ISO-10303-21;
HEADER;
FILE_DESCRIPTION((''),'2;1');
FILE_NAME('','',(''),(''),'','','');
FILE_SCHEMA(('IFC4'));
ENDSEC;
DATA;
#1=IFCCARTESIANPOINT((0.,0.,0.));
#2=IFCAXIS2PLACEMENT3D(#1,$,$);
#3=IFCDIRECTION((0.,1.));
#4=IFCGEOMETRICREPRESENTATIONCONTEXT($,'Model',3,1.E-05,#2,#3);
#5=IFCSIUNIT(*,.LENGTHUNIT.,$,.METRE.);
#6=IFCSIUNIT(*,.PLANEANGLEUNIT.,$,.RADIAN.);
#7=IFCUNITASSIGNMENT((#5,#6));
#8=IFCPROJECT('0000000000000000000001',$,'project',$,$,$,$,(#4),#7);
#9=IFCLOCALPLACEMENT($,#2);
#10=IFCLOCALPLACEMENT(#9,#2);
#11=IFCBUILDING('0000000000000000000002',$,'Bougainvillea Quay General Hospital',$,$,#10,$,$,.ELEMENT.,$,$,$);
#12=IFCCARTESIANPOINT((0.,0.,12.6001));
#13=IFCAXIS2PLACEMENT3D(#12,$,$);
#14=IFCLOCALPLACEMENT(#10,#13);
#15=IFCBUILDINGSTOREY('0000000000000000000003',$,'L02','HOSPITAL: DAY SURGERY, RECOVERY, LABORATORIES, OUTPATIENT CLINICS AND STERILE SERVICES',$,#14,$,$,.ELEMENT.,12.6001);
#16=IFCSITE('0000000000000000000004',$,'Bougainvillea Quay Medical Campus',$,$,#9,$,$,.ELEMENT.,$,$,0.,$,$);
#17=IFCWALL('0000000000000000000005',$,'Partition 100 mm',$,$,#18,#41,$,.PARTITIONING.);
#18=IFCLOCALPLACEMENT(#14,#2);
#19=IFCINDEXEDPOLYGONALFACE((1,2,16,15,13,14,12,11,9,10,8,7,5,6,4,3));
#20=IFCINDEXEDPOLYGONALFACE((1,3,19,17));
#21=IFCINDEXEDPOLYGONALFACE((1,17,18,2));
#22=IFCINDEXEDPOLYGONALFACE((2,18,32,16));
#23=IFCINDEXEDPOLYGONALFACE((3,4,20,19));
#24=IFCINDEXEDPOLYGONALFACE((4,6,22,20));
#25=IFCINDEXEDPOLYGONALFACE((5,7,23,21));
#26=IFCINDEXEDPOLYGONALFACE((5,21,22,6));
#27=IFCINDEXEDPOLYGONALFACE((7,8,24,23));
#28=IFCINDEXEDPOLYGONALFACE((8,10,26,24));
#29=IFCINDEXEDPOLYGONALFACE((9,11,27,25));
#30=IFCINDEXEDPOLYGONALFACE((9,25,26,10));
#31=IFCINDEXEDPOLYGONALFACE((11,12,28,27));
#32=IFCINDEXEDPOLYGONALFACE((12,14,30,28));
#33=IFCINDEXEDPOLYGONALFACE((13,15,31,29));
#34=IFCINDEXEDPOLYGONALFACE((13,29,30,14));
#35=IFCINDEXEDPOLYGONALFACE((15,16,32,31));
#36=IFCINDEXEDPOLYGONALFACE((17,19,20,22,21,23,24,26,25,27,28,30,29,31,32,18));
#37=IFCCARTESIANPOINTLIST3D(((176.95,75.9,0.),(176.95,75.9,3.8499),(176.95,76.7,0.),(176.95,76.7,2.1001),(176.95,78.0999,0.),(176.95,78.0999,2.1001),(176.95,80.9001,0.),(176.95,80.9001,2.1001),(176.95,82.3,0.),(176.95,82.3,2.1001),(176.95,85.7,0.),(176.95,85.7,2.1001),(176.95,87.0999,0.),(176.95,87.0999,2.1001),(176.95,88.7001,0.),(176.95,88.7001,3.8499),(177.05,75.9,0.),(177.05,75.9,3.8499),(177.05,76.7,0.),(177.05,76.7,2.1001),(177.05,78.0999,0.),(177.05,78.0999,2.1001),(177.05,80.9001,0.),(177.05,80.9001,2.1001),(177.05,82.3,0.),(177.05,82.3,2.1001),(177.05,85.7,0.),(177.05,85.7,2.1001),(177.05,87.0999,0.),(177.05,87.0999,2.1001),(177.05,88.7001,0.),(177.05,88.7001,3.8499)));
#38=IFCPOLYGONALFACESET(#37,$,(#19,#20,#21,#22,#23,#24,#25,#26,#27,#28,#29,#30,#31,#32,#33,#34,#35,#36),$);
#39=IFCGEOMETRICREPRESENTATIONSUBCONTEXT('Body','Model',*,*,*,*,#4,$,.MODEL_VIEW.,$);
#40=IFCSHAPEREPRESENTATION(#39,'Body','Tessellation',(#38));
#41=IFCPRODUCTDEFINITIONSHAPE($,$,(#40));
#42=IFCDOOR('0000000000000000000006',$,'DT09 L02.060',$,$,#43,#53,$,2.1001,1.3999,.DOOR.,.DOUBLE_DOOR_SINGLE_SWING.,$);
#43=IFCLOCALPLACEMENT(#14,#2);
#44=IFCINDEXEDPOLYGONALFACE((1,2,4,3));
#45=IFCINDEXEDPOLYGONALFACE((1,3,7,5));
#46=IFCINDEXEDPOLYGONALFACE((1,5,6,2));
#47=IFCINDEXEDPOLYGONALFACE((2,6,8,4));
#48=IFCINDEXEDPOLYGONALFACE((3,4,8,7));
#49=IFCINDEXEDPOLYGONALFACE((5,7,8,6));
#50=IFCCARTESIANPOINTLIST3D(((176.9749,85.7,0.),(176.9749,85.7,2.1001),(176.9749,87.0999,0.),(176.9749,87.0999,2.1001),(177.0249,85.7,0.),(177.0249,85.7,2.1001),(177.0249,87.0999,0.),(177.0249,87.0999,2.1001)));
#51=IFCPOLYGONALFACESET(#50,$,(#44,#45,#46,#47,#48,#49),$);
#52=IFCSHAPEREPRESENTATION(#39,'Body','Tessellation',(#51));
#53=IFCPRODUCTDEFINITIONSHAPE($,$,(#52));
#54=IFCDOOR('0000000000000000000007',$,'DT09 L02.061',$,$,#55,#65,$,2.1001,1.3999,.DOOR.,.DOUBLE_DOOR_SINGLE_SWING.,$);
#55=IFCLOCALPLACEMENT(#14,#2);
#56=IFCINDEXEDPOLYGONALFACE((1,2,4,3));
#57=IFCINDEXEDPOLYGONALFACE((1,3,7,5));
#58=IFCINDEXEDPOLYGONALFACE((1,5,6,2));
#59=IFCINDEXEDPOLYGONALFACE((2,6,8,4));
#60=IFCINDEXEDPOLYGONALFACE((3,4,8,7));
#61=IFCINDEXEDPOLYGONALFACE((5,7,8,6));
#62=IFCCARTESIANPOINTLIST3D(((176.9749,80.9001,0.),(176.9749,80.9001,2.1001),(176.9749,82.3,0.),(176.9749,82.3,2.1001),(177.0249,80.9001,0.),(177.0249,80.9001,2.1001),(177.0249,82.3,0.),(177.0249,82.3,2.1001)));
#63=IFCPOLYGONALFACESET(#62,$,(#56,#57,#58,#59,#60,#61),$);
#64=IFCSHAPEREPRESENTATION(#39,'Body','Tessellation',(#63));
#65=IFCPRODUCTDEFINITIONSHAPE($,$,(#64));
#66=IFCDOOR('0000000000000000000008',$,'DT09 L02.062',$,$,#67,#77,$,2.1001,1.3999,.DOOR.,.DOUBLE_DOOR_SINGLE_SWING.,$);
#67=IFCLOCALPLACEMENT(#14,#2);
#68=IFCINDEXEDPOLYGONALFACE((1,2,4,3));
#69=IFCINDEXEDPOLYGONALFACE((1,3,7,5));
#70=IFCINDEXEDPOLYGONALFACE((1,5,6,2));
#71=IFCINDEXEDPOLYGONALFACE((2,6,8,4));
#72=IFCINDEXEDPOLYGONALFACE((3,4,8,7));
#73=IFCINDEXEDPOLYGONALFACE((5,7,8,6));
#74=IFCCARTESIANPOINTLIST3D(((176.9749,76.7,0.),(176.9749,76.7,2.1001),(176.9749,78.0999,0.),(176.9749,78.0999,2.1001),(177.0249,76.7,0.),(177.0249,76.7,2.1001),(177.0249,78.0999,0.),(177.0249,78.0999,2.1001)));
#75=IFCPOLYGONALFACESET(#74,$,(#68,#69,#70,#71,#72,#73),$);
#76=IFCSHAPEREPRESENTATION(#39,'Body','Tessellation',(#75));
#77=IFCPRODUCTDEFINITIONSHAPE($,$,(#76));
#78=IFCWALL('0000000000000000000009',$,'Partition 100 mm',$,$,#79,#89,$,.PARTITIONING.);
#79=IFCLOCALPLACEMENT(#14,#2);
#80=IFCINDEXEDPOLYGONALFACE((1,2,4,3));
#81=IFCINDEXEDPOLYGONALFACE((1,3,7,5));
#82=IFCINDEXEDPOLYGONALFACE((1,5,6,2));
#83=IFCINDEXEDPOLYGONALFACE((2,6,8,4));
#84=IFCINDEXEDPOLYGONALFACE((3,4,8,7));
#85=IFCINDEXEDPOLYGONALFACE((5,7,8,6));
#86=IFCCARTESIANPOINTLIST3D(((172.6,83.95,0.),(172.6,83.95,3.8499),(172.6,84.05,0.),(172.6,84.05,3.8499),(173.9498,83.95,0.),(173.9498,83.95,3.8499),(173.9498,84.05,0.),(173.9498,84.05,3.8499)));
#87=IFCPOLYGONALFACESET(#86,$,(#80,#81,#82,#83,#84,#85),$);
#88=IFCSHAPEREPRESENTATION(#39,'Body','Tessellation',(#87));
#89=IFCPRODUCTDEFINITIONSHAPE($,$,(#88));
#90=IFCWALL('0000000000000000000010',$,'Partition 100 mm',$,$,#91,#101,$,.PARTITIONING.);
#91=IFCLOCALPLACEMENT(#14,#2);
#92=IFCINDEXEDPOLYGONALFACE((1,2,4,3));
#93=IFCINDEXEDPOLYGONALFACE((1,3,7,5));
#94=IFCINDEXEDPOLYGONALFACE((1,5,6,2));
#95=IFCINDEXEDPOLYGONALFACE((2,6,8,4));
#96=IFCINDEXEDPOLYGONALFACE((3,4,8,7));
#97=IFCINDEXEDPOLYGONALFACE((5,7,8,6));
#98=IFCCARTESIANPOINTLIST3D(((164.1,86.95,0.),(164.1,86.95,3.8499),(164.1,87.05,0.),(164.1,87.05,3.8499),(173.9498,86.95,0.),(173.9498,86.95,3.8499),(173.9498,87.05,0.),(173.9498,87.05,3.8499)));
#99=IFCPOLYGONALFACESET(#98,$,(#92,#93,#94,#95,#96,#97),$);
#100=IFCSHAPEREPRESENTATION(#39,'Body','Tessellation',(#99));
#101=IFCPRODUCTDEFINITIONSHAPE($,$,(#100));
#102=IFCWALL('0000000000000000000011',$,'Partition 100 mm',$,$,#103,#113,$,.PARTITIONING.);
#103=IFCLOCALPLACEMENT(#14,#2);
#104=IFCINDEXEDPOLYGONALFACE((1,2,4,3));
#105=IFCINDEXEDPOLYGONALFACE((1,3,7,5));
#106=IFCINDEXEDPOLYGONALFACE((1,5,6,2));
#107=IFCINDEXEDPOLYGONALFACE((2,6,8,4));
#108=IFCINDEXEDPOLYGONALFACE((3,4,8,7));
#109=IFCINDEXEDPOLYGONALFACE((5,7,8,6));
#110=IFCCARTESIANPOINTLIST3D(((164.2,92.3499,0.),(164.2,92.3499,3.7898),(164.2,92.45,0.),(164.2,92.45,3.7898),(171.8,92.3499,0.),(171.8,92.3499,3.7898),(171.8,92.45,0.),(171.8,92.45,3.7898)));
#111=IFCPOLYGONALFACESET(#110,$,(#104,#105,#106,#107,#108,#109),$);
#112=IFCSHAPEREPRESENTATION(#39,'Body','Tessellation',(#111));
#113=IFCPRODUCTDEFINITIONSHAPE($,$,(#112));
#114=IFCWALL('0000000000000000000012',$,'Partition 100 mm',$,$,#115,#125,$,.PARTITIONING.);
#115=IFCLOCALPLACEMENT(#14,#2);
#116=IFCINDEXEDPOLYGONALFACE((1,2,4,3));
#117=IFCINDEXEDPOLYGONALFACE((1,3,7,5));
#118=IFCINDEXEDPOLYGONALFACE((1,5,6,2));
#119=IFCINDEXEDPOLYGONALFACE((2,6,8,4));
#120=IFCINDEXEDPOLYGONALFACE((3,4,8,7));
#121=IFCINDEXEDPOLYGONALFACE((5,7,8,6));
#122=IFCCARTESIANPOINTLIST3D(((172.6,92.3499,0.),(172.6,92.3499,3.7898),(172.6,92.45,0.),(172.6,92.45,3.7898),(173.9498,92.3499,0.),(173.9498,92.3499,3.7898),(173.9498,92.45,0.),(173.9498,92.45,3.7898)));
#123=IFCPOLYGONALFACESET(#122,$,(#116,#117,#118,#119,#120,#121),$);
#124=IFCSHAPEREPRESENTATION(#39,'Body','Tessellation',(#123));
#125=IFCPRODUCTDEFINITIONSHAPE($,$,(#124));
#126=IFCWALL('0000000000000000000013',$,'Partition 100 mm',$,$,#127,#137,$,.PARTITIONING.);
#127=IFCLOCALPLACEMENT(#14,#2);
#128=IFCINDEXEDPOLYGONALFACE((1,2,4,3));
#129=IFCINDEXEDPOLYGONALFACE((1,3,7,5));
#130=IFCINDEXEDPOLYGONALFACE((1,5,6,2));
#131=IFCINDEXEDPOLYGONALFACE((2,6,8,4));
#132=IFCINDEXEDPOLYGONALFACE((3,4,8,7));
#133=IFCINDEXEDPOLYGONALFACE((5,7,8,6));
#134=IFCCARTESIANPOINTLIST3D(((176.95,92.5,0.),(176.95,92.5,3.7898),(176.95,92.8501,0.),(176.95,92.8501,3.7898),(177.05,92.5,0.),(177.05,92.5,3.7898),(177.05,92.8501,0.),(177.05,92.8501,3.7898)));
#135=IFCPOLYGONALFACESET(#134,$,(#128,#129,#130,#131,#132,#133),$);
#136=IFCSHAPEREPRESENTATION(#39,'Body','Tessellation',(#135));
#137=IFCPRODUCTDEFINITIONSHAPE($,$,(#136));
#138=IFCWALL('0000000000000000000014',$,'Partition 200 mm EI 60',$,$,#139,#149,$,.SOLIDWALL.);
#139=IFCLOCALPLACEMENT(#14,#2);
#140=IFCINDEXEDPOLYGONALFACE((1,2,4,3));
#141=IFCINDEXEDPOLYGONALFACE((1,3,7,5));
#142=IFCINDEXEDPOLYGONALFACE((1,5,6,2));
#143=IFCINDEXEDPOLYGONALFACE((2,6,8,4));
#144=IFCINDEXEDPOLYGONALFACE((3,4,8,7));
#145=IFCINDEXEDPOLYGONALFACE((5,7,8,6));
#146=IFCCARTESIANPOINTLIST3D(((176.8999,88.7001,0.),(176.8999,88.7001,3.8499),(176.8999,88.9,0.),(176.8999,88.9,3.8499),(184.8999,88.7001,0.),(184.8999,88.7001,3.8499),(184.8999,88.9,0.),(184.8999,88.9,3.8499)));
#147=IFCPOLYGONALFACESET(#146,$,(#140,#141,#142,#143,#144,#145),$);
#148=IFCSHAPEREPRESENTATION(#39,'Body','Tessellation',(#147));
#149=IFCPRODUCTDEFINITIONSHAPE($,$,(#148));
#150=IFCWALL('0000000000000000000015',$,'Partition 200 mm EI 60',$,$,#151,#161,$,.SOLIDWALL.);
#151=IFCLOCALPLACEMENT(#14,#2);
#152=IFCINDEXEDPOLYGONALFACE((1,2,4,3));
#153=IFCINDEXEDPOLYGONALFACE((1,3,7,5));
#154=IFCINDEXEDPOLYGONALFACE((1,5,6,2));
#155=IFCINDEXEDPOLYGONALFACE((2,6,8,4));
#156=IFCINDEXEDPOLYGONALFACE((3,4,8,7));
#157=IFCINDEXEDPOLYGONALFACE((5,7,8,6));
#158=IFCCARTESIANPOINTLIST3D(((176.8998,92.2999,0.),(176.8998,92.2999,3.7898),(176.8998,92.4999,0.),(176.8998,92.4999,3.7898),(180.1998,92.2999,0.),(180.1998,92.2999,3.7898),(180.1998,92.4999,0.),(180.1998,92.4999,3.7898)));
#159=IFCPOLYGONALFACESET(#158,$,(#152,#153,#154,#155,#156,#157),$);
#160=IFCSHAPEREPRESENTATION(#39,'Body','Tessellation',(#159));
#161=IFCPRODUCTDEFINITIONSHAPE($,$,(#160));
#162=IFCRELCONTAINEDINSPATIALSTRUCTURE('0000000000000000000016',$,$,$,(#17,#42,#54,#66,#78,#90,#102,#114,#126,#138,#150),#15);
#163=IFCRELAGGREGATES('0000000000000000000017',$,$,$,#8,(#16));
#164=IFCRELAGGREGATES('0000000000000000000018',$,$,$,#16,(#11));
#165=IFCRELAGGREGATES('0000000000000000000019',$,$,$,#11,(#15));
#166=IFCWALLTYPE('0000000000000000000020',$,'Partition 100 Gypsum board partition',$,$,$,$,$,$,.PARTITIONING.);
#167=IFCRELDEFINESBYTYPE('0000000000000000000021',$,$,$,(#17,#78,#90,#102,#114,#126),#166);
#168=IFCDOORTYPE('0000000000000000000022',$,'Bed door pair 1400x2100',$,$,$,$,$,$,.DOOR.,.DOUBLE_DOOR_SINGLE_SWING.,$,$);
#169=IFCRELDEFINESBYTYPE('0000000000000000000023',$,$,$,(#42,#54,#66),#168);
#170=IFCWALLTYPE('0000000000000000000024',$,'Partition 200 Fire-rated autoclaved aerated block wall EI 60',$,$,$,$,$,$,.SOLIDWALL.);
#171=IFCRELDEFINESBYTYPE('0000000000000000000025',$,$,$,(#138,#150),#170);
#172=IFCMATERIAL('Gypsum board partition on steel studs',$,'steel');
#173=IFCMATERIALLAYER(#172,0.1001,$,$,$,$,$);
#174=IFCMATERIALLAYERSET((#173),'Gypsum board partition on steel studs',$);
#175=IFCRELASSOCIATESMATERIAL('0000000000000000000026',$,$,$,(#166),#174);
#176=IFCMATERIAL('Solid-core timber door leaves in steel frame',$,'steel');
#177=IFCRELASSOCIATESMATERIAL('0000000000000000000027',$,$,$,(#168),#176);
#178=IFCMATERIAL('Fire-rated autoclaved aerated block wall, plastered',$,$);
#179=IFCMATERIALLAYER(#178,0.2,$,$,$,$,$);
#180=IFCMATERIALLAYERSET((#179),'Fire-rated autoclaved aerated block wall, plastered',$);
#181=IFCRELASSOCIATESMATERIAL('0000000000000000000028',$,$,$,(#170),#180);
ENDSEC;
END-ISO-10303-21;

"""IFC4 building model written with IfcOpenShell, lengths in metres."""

from ifc_helpers import new_model, si_unit, direction, frame, frame_2d, origin, place, context, subcontext, project, spatial, rectangle, extrude, material, layer, layer_set, type_object, element, fill, save


model = new_model("IFC4")

# Units and contexts
model_context = context("Model", 3, precision=1e-05, world=origin(), true_north=direction((0.0, 1.0)))
body_context = subcontext(model_context, "Body", "Model", "MODEL_VIEW")
ifc_project = project(units=[si_unit("LENGTHUNIT", "METRE"), si_unit("PLANEANGLEUNIT", "RADIAN")], contexts=[model_context])

# Site, building, storey
site_placement = place(None, origin())
site = spatial("IfcSite", under=ifc_project, at=site_placement, Name="Bougainvillea Quay Medical Campus", CompositionType="ELEMENT", RefElevation=0.0)
building_placement = place(site_placement, origin())
building = spatial("IfcBuilding", under=site, at=building_placement, Name="Bougainvillea Quay General Hospital", CompositionType="ELEMENT")
storey_placement = place(building_placement, frame((0.0, 0.0, 12.6001)))
storey = spatial("IfcBuildingStorey", under=building, at=storey_placement, Name="L02", Description="HOSPITAL: DAY SURGERY, RECOVERY, LABORATORIES, OUTPATIENT CLINICS AND STERILE SERVICES", CompositionType="ELEMENT", Elevation=12.6001)

# Wall, openings, doors
ifc_material_1 = material(Name="Gypsum board partition on steel studs", Category="steel")
ifc_layer_1 = layer(ifc_material_1, 0.1001)
ifc_layer_set_1 = layer_set([ifc_layer_1], Name="Gypsum board partition on steel studs")
wall_type_1 = type_object("IfcWallType", Name="Partition 100 Gypsum board partition", PredefinedType="PARTITIONING", material=ifc_layer_set_1)
wall_1_placement = place(storey_placement, frame((177.0, 88.7, 0.0), z_axis=(0.0, 0.0, 1.0), x_axis=(0.0, -1.0, 0.0)))
wall_1 = element("IfcWall", 1, at=wall_1_placement, inside=storey, type_object=wall_type_1, Name="Partition 100 mm", PredefinedType="PARTITIONING", context=body_context, shape_type="SweptSolid", body=[
    extrude(rectangle(XDim=12.8, YDim=0.1001, at=frame_2d((6.3999, 0.0))), origin(), (0.0, 0.0, 1.0), 3.8499),
])
opening_1_placement = place(wall_1_placement, frame((1.6001, 0.0, 0.0)))
opening_1 = element("IfcOpeningElement", 2, at=opening_1_placement, cuts=wall_1, PredefinedType="OPENING", context=body_context, shape_type="SweptSolid", body=[
    extrude(rectangle(XDim=1.3999, YDim=2.1001, at=frame_2d((0.7, 1.05))), frame((0.0, 0.0601, 0.0), z_axis=(0.0, -1.0, 0.0), x_axis=(1.0, 0.0, 0.0)), (0.0, 0.0, 1.0), 0.1201),
])
opening_2_placement = place(wall_1_placement, frame((6.3999, 0.0, 0.0)))
opening_2 = element("IfcOpeningElement", 3, at=opening_2_placement, cuts=wall_1, PredefinedType="OPENING", context=body_context, shape_type="SweptSolid", body=[
    extrude(rectangle(XDim=1.3999, YDim=2.1001, at=frame_2d((0.7, 1.05))), frame((0.0, 0.0601, 0.0), z_axis=(0.0, -1.0, 0.0), x_axis=(1.0, 0.0, 0.0)), (0.0, 0.0, 1.0), 0.1201),
])
opening_3_placement = place(wall_1_placement, frame((10.6001, 0.0, 0.0)))
opening_3 = element("IfcOpeningElement", 4, at=opening_3_placement, cuts=wall_1, PredefinedType="OPENING", context=body_context, shape_type="SweptSolid", body=[
    extrude(rectangle(XDim=1.3999, YDim=2.1001, at=frame_2d((0.7, 1.05))), frame((0.0, 0.0601, 0.0), z_axis=(0.0, -1.0, 0.0), x_axis=(1.0, 0.0, 0.0)), (0.0, 0.0, 1.0), 0.1201),
])
ifc_material_2 = material(Name="Solid-core timber door leaves in steel frame", Category="steel")
door_type_1 = type_object("IfcDoorType", Name="Bed door pair 1400x2100", OperationType="DOUBLE_DOOR_SINGLE_SWING", PredefinedType="DOOR", material=ifc_material_2)
door_1_placement = place(opening_1_placement, origin())
door_1 = element("IfcDoor", 5, at=door_1_placement, inside=storey, type_object=door_type_1, Name="DT09 L02.060", OperationType="DOUBLE_DOOR_SINGLE_SWING", OverallHeight=2.1001, OverallWidth=1.3999, PredefinedType="DOOR", context=body_context, shape_type="SweptSolid", body=[
    extrude(rectangle(XDim=1.3999, YDim=2.1001, at=frame_2d((0.7, 1.05))), frame((0.0, 0.0249, 0.0), z_axis=(0.0, -1.0, 0.0), x_axis=(1.0, 0.0, 0.0)), (0.0, 0.0, 1.0), 0.05),
])
fill(opening_1, door_1)
door_2_placement = place(opening_2_placement, origin())
door_2 = element("IfcDoor", 6, at=door_2_placement, inside=storey, type_object=door_type_1, Name="DT09 L02.061", OperationType="DOUBLE_DOOR_SINGLE_SWING", OverallHeight=2.1001, OverallWidth=1.3999, PredefinedType="DOOR", context=body_context, shape_type="SweptSolid", body=[
    extrude(rectangle(XDim=1.3999, YDim=2.1001, at=frame_2d((0.7, 1.05))), frame((0.0, 0.0249, 0.0), z_axis=(0.0, -1.0, 0.0), x_axis=(1.0, 0.0, 0.0)), (0.0, 0.0, 1.0), 0.05),
])
fill(opening_2, door_2)
door_3_placement = place(opening_3_placement, origin())
door_3 = element("IfcDoor", 7, at=door_3_placement, inside=storey, type_object=door_type_1, Name="DT09 L02.062", OperationType="DOUBLE_DOOR_SINGLE_SWING", OverallHeight=2.1001, OverallWidth=1.3999, PredefinedType="DOOR", context=body_context, shape_type="SweptSolid", body=[
    extrude(rectangle(XDim=1.3999, YDim=2.1001, at=frame_2d((0.7, 1.05))), frame((0.0, 0.0249, 0.0), z_axis=(0.0, -1.0, 0.0), x_axis=(1.0, 0.0, 0.0)), (0.0, 0.0, 1.0), 0.05),
])
fill(opening_3, door_3)

# Walls
wall_2_placement = place(storey_placement, frame((172.6001, 84.0, 0.0), z_axis=(0.0, 0.0, 1.0), x_axis=(1.0, 0.0, 0.0)))
element("IfcWall", 8, at=wall_2_placement, inside=storey, type_object=wall_type_1, Name="Partition 100 mm", PredefinedType="PARTITIONING", context=body_context, shape_type="SweptSolid", body=[
    extrude(rectangle(XDim=1.3499, YDim=0.1001, at=frame_2d((0.6748, 0.0))), origin(), (0.0, 0.0, 1.0), 3.8499),
])
wall_3_placement = place(storey_placement, frame((164.1001, 87.0, 0.0), z_axis=(0.0, 0.0, 1.0), x_axis=(1.0, 0.0, 0.0)))
element("IfcWall", 9, at=wall_3_placement, inside=storey, type_object=wall_type_1, Name="Partition 100 mm", PredefinedType="PARTITIONING", context=body_context, shape_type="SweptSolid", body=[
    extrude(rectangle(XDim=9.8499, YDim=0.1001, at=frame_2d((4.9248, 0.0))), origin(), (0.0, 0.0, 1.0), 3.8499),
])
wall_4_placement = place(storey_placement, frame((164.2, 92.3999, 0.0), z_axis=(0.0, 0.0, 1.0), x_axis=(1.0, 0.0, 0.0)))
element("IfcWall", 10, at=wall_4_placement, inside=storey, type_object=wall_type_1, Name="Partition 100 mm", PredefinedType="PARTITIONING", context=body_context, shape_type="SweptSolid", body=[
    extrude(rectangle(XDim=7.6001, YDim=0.1001, at=frame_2d((3.8, 0.0))), origin(), (0.0, 0.0, 1.0), 3.7898),
])
wall_5_placement = place(storey_placement, frame((172.6001, 92.3999, 0.0), z_axis=(0.0, 0.0, 1.0), x_axis=(1.0, 0.0, 0.0)))
element("IfcWall", 11, at=wall_5_placement, inside=storey, type_object=wall_type_1, Name="Partition 100 mm", PredefinedType="PARTITIONING", context=body_context, shape_type="SweptSolid", body=[
    extrude(rectangle(XDim=1.3499, YDim=0.1001, at=frame_2d((0.6748, 0.0))), origin(), (0.0, 0.0, 1.0), 3.7898),
])
wall_6_placement = place(storey_placement, frame((177.0, 92.5, 0.0), z_axis=(0.0, 0.0, 1.0), x_axis=(0.0, 1.0, 0.0)))
element("IfcWall", 12, at=wall_6_placement, inside=storey, type_object=wall_type_1, Name="Partition 100 mm", PredefinedType="PARTITIONING", context=body_context, shape_type="SweptSolid", body=[
    extrude(rectangle(XDim=0.3501, YDim=0.1001, at=frame_2d((0.175, 0.0))), origin(), (0.0, 0.0, 1.0), 3.7898),
])
ifc_material_3 = material(Name="Fire-rated autoclaved aerated block wall, plastered")
ifc_layer_2 = layer(ifc_material_3, 0.2)
ifc_layer_set_2 = layer_set([ifc_layer_2], Name="Fire-rated autoclaved aerated block wall, plastered")
wall_type_2 = type_object("IfcWallType", Name="Partition 200 Fire-rated autoclaved aerated block wall EI 60", PredefinedType="SOLIDWALL", material=ifc_layer_set_2)
wall_7_placement = place(storey_placement, frame((176.8999, 88.8, 0.0), z_axis=(0.0, 0.0, 1.0), x_axis=(1.0, 0.0, 0.0)))
element("IfcWall", 13, at=wall_7_placement, inside=storey, type_object=wall_type_2, Name="Partition 200 mm EI 60", PredefinedType="SOLIDWALL", context=body_context, shape_type="SweptSolid", body=[
    extrude(rectangle(XDim=8.0, YDim=0.2, at=frame_2d((4.0, 0.0))), origin(), (0.0, 0.0, 1.0), 3.8499),
])
wall_8_placement = place(storey_placement, frame((176.8999, 92.3999, 0.0), z_axis=(0.0, 0.0, 1.0), x_axis=(1.0, 0.0, 0.0)))
element("IfcWall", 14, at=wall_8_placement, inside=storey, type_object=wall_type_2, Name="Partition 200 mm EI 60", PredefinedType="SOLIDWALL", context=body_context, shape_type="SweptSolid", body=[
    extrude(rectangle(XDim=3.3, YDim=0.2, at=frame_2d((1.6499, 0.0))), origin(), (0.0, 0.0, 1.0), 3.7898),
])

save(model, "model.ifc")
